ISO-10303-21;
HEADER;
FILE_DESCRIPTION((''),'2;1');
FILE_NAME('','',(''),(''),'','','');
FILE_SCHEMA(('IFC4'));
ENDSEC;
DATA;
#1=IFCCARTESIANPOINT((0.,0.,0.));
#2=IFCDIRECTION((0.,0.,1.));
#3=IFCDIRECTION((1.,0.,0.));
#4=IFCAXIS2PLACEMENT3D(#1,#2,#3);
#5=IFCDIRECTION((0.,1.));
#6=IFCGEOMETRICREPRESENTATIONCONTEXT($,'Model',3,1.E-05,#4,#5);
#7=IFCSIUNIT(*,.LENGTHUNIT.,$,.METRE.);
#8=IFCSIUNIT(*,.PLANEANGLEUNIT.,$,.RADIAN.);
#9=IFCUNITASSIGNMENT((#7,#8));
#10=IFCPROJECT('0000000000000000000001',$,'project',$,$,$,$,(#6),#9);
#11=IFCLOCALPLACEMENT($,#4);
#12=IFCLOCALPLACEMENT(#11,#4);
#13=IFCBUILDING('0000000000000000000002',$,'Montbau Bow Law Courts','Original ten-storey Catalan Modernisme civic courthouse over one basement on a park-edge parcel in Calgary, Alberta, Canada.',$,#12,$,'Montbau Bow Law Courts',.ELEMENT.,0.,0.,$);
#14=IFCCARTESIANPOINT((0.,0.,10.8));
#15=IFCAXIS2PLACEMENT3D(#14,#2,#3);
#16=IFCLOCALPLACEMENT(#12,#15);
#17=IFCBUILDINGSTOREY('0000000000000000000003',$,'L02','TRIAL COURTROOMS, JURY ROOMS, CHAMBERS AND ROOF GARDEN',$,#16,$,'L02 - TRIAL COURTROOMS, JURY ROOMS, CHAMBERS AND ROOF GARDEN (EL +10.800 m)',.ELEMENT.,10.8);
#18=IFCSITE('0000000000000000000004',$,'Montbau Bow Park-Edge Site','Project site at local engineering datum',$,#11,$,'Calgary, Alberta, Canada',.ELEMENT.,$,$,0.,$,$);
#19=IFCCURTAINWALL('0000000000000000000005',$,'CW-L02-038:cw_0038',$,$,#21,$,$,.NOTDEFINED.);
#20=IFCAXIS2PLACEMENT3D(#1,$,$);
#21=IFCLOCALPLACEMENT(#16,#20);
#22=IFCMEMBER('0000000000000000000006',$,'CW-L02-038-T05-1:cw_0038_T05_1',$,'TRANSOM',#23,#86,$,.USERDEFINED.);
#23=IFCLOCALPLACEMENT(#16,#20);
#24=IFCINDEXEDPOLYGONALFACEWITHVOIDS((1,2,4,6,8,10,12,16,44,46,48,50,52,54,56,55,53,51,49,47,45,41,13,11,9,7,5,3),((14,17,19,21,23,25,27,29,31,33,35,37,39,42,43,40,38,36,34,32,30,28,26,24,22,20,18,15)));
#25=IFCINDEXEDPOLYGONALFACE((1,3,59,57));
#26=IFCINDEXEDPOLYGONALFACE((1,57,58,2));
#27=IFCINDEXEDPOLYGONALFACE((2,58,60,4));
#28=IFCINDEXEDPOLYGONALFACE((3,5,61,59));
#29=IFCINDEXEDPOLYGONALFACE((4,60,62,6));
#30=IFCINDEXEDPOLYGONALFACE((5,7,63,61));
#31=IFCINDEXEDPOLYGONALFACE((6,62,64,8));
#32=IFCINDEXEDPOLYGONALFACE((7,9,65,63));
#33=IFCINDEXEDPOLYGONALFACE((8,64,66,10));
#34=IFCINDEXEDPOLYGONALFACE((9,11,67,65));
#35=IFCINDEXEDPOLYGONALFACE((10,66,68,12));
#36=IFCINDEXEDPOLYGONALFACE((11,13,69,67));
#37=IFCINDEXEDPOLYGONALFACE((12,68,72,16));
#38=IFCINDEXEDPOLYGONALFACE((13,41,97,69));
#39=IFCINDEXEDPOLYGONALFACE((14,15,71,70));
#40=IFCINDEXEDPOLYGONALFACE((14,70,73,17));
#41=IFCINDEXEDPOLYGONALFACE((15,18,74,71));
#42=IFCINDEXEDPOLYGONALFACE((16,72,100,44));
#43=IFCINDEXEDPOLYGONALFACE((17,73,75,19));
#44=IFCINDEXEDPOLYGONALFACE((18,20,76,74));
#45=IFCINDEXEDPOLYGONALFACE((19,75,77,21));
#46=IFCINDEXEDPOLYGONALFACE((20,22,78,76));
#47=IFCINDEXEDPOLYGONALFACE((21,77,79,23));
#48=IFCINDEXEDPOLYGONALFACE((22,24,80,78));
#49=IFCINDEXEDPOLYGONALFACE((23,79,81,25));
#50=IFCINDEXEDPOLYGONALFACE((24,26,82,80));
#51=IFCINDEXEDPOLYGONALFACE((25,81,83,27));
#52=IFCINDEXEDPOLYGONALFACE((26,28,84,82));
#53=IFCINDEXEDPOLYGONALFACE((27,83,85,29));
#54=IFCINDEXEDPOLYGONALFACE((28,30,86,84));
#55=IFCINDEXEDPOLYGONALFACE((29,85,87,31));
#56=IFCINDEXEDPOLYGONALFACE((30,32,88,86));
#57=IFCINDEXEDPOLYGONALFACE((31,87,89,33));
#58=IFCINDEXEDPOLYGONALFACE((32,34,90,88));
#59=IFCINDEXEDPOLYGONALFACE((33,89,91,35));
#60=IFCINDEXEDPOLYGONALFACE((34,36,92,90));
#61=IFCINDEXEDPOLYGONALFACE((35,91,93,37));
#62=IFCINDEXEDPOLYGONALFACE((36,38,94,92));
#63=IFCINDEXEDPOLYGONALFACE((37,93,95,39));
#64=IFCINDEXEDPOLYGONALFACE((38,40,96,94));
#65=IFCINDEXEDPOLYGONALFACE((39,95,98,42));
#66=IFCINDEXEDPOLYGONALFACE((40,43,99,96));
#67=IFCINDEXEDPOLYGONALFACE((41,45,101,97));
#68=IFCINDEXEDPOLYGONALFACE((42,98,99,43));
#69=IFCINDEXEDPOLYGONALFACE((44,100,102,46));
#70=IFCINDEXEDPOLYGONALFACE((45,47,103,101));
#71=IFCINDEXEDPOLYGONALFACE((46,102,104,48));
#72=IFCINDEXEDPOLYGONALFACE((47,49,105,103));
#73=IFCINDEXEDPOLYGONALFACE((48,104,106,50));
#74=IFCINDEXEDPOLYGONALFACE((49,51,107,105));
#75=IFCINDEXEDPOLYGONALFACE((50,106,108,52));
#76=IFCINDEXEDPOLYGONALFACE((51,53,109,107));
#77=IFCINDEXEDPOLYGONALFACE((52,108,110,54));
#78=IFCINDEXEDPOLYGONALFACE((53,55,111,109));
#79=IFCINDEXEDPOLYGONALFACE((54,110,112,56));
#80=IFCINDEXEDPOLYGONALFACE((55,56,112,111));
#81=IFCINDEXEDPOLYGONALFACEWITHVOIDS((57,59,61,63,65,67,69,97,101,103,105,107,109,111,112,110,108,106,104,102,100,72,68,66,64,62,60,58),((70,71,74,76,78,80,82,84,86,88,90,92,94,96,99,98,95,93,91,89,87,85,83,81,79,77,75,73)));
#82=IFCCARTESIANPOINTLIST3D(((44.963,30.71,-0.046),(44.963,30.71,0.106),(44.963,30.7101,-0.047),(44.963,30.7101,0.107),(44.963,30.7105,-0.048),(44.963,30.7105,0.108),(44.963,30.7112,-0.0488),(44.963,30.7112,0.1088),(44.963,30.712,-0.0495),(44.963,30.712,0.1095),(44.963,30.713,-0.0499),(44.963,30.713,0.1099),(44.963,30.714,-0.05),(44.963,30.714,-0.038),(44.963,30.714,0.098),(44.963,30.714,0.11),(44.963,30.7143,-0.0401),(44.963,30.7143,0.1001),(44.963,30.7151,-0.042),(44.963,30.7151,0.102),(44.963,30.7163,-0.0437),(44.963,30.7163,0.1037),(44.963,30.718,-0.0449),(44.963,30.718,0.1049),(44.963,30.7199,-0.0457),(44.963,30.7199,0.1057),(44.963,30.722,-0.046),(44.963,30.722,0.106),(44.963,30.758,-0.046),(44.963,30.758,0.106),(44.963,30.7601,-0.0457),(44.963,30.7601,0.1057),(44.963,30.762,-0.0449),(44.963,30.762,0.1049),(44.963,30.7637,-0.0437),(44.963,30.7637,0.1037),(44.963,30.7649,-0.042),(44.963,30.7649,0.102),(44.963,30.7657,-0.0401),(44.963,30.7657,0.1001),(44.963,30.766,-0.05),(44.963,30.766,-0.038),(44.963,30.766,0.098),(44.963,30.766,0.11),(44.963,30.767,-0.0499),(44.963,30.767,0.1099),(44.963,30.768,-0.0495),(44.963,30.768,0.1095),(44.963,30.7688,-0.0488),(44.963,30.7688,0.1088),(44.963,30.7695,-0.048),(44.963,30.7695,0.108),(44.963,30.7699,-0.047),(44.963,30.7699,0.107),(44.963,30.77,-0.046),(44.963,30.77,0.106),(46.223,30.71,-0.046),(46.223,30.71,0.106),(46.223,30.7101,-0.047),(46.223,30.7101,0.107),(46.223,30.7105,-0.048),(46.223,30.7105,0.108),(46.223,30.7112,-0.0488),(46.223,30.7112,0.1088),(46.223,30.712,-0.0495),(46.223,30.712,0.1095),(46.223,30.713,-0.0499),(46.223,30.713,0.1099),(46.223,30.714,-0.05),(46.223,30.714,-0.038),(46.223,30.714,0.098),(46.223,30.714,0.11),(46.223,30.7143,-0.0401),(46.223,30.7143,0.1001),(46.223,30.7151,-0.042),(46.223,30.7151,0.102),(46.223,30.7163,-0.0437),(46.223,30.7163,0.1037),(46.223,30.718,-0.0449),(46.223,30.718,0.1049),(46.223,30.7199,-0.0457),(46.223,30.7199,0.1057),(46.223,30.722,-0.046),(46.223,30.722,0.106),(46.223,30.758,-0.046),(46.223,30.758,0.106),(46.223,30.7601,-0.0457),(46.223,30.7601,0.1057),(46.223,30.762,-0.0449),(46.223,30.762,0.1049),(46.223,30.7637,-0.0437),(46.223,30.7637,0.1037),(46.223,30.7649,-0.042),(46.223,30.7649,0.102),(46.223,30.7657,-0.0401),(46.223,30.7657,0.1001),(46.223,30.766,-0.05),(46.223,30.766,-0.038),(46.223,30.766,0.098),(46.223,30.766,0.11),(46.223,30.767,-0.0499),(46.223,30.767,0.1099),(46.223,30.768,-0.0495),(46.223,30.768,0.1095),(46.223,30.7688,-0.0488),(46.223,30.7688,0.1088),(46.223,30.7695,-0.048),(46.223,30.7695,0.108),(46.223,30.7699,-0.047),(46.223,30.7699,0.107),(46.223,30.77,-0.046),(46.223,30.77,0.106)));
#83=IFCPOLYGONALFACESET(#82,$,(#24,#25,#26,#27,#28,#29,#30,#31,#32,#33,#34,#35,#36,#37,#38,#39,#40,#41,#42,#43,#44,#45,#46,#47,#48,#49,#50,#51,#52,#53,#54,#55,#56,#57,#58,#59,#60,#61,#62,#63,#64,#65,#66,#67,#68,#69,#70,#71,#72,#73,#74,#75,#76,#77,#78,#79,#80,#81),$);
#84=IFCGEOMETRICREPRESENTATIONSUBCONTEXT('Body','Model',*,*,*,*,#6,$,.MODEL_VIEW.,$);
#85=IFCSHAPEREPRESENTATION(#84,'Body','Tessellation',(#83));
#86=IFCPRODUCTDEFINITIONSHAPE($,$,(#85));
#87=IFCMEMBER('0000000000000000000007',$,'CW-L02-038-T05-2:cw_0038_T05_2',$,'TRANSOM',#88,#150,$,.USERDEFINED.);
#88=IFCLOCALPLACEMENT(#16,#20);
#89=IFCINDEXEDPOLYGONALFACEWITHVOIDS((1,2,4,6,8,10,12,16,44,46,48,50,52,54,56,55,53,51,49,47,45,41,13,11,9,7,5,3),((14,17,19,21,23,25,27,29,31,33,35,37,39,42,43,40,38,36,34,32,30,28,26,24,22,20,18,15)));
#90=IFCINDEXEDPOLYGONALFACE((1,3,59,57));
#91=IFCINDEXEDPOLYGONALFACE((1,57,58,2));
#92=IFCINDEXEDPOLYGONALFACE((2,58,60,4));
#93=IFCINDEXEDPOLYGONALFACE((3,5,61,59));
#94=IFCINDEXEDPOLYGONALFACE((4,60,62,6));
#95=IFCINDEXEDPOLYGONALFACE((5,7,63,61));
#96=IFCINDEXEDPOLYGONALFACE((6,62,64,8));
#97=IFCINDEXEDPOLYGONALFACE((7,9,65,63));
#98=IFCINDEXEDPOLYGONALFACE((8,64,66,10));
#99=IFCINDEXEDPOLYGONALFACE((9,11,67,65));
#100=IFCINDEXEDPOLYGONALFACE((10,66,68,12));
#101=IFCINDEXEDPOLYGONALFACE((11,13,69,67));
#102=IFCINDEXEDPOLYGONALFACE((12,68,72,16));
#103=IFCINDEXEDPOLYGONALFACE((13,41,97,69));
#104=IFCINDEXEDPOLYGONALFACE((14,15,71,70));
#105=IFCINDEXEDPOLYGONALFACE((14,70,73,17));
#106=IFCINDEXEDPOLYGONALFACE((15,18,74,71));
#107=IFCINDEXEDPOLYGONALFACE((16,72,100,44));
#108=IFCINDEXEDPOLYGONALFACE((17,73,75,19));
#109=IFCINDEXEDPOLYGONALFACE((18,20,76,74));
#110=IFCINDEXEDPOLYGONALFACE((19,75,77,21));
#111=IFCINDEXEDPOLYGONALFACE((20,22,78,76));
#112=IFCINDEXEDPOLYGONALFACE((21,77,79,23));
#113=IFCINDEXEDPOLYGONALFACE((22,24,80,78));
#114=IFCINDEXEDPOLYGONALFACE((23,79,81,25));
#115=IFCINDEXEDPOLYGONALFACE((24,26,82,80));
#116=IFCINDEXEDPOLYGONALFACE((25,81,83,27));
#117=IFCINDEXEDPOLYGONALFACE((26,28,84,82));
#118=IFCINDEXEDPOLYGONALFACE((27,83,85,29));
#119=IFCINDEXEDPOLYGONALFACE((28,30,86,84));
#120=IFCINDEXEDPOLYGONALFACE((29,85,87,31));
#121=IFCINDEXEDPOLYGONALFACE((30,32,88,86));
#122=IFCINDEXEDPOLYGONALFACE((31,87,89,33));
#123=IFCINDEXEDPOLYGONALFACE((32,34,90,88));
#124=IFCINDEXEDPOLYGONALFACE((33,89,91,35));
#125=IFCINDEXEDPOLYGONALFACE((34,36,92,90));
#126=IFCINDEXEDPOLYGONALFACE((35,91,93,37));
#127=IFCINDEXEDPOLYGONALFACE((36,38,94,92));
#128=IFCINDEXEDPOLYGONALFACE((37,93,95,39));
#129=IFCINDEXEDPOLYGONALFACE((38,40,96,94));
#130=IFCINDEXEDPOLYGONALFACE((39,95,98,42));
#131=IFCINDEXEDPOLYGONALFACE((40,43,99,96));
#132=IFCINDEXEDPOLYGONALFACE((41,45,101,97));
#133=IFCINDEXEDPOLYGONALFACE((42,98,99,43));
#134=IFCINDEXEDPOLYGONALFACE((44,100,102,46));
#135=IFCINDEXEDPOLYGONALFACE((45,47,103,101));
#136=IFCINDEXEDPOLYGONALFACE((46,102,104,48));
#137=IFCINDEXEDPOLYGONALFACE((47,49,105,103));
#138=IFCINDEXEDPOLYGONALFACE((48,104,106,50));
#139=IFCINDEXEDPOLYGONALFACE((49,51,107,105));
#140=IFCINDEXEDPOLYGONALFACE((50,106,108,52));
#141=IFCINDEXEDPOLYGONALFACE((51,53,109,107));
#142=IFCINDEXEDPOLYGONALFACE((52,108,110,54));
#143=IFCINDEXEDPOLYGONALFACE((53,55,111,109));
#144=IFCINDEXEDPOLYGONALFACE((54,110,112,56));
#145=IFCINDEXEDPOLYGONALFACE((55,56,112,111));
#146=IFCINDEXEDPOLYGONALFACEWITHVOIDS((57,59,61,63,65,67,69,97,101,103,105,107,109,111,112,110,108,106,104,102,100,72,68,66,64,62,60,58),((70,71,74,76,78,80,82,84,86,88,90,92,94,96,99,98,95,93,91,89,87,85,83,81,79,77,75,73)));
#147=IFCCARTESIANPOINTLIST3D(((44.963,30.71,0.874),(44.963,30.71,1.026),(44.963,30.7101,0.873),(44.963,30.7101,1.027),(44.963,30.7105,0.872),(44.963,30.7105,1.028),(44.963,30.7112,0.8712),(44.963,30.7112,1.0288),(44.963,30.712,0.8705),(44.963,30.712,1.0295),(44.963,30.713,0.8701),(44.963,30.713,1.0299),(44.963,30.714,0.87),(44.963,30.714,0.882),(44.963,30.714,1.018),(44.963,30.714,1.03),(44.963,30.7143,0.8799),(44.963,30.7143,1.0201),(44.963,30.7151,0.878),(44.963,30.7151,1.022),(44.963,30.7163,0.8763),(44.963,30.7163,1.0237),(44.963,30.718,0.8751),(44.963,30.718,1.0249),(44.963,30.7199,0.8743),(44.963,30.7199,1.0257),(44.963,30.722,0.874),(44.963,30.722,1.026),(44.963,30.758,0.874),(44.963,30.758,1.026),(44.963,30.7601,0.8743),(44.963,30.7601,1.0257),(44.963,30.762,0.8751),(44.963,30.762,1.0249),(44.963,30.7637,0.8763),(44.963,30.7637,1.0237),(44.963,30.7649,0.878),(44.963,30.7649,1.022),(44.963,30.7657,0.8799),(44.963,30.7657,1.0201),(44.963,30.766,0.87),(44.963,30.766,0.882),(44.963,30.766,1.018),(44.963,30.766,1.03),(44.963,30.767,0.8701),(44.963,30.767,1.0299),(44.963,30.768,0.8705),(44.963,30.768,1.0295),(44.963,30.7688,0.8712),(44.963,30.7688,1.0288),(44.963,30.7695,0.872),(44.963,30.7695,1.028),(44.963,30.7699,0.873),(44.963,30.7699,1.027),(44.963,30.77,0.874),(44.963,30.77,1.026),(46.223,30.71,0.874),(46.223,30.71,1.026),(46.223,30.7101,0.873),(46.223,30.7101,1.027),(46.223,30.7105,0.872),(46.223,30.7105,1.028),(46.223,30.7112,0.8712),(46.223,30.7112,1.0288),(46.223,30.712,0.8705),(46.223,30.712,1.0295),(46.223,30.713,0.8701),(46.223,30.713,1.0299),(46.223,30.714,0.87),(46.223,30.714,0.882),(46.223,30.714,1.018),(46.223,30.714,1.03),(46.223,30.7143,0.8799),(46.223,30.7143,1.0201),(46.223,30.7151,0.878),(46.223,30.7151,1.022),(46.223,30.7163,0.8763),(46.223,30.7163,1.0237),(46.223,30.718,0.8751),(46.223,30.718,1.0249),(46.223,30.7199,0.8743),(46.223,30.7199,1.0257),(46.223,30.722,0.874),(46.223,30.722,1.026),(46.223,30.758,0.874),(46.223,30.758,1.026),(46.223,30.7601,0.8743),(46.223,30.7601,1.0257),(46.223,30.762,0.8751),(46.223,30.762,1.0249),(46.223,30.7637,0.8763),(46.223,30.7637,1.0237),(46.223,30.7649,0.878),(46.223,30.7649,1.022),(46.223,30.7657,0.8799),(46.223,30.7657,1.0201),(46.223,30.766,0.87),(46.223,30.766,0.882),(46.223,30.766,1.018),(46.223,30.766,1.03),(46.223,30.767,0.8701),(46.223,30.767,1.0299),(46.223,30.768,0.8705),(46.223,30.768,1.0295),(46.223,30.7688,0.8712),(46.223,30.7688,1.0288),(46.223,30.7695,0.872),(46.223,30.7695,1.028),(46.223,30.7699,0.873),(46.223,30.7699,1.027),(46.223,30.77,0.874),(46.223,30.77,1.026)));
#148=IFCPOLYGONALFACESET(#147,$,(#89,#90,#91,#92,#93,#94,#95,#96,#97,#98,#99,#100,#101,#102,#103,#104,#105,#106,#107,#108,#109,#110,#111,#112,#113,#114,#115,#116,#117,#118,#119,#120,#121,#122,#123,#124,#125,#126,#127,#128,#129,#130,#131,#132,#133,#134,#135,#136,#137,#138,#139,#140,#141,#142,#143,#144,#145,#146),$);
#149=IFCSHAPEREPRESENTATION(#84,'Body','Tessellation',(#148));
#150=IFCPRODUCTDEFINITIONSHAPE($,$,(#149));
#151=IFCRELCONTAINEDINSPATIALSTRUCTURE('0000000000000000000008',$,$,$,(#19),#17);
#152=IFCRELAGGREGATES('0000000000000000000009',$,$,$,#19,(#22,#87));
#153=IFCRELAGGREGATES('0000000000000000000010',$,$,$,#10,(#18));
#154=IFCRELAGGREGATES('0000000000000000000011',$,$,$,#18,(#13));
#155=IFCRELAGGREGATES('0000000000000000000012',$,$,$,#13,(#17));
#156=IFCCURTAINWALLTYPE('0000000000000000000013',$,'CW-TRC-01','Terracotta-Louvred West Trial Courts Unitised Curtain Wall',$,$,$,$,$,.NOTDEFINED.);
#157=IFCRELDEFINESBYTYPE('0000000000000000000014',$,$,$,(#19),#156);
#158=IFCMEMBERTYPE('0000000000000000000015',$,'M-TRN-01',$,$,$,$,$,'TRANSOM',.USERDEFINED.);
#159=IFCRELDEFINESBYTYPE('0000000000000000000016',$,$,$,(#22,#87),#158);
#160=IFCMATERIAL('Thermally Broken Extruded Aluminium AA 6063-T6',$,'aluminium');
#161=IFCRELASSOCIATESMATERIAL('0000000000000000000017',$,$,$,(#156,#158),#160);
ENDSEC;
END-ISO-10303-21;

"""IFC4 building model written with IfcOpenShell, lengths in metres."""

from ifc_helpers import new_model, si_unit, direction, frame, origin_with_axes, origin_2d_with_axis, place, context, subcontext, project, spatial, hollow_rectangle, extrude, material, material_profile, profile_set, type_object, element, aggregate, save


model = new_model("IFC4")

# Units and contexts
model_context = context("Model", 3, precision=1e-05, world=origin_with_axes(), true_north=direction((0.0, 1.0)))
body_context = subcontext(model_context, "Body", "Model", "MODEL_VIEW")
ifc_project = project(units=[si_unit("LENGTHUNIT", "METRE"), si_unit("PLANEANGLEUNIT", "RADIAN")], contexts=[model_context])

# Site, building, storey
site_placement = place(None, origin_with_axes())
site = spatial("IfcSite", under=ifc_project, at=site_placement, Name="Montbau Bow Park-Edge Site", Description="Project site at local engineering datum", LongName="Calgary, Alberta, Canada", CompositionType="ELEMENT", RefElevation=0.0)
building_placement = place(site_placement, origin_with_axes())
building = spatial("IfcBuilding", under=site, at=building_placement, Name="Montbau Bow Law Courts", Description="Original ten-storey Catalan Modernisme civic courthouse over one basement on a park-edge parcel in Calgary, Alberta, Canada.", LongName="Montbau Bow Law Courts", CompositionType="ELEMENT", ElevationOfRefHeight=0.0, ElevationOfTerrain=0.0)
storey_placement = place(building_placement, frame((0.0, 0.0, 10.8), z_axis=(0.0, 0.0, 1.0), x_axis=(1.0, 0.0, 0.0)))
storey = spatial("IfcBuildingStorey", under=building, at=storey_placement, Name="L02", Description="TRIAL COURTROOMS, JURY ROOMS, CHAMBERS AND ROOF GARDEN", LongName="L02 - TRIAL COURTROOMS, JURY ROOMS, CHAMBERS AND ROOF GARDEN (EL +10.800 m)", CompositionType="ELEMENT", Elevation=10.8)

# Curtain wall, members
ifc_material_1 = material(Name="Thermally Broken Extruded Aluminium AA 6063-T6", Category="aluminium")
curtain_wall_type = type_object("IfcCurtainWallType", Name="CW-TRC-01", Description="Terracotta-Louvred West Trial Courts Unitised Curtain Wall", PredefinedType="NOTDEFINED", material=ifc_material_1)
curtain_wall_placement = place(None, frame((39.515, 30.74, 10.8), z_axis=(0.0, 0.0, 1.0), x_axis=(1.0, 0.0, 0.0)))
curtain_wall = element("IfcCurtainWall", 1, at=curtain_wall_placement, inside=storey, type_object=curtain_wall_type, Name="CW-L02-038:cw_0038", PredefinedType="NOTDEFINED")
ifc_material_profile_1 = material_profile(ifc_material_1, hollow_rectangle(XDim=0.06, YDim=0.16, WallThickness=0.004, InnerFilletRadius=0.008, OuterFilletRadius=0.004, at=origin_2d_with_axis()), Name="CWT-160X60", Category="Main", Priority=0)
ifc_profile_set_1 = profile_set([ifc_material_profile_1], Name="Thermally Broken Extruded Aluminium AA 6063-T6")
member_type_1 = type_object("IfcMemberType", Name="M-TRN-01", ElementType="TRANSOM", PredefinedType="USERDEFINED", material=ifc_profile_set_1)
member_1_placement = place(None, frame((44.963, 30.74, 10.83), z_axis=(1.0, 0.0, 0.0), x_axis=(0.0, 1.0, 0.0)))
member_1 = element("IfcMember", 2, at=member_1_placement, type_object=member_type_1, Name="CW-L02-038-T05-1:cw_0038_T05_1", ObjectType="TRANSOM", PredefinedType="USERDEFINED", context=body_context, shape_type="SweptSolid", body=[
    extrude(hollow_rectangle(XDim=0.06, YDim=0.16, WallThickness=0.004, InnerFilletRadius=0.008, OuterFilletRadius=0.004, at=origin_2d_with_axis()), origin_with_axes(), (0.0, 0.0, 1.0), 1.26),
])
member_2_placement = place(None, frame((44.963, 30.74, 11.75), z_axis=(1.0, 0.0, 0.0), x_axis=(0.0, 1.0, 0.0)))
member_2 = element("IfcMember", 3, at=member_2_placement, type_object=member_type_1, Name="CW-L02-038-T05-2:cw_0038_T05_2", ObjectType="TRANSOM", PredefinedType="USERDEFINED", context=body_context, shape_type="SweptSolid", body=[
    extrude(hollow_rectangle(XDim=0.06, YDim=0.16, WallThickness=0.004, InnerFilletRadius=0.008, OuterFilletRadius=0.004, at=origin_2d_with_axis()), origin_with_axes(), (0.0, 0.0, 1.0), 1.26),
])
aggregate(curtain_wall, [member_1, member_2])

save(model, "model.ifc")
